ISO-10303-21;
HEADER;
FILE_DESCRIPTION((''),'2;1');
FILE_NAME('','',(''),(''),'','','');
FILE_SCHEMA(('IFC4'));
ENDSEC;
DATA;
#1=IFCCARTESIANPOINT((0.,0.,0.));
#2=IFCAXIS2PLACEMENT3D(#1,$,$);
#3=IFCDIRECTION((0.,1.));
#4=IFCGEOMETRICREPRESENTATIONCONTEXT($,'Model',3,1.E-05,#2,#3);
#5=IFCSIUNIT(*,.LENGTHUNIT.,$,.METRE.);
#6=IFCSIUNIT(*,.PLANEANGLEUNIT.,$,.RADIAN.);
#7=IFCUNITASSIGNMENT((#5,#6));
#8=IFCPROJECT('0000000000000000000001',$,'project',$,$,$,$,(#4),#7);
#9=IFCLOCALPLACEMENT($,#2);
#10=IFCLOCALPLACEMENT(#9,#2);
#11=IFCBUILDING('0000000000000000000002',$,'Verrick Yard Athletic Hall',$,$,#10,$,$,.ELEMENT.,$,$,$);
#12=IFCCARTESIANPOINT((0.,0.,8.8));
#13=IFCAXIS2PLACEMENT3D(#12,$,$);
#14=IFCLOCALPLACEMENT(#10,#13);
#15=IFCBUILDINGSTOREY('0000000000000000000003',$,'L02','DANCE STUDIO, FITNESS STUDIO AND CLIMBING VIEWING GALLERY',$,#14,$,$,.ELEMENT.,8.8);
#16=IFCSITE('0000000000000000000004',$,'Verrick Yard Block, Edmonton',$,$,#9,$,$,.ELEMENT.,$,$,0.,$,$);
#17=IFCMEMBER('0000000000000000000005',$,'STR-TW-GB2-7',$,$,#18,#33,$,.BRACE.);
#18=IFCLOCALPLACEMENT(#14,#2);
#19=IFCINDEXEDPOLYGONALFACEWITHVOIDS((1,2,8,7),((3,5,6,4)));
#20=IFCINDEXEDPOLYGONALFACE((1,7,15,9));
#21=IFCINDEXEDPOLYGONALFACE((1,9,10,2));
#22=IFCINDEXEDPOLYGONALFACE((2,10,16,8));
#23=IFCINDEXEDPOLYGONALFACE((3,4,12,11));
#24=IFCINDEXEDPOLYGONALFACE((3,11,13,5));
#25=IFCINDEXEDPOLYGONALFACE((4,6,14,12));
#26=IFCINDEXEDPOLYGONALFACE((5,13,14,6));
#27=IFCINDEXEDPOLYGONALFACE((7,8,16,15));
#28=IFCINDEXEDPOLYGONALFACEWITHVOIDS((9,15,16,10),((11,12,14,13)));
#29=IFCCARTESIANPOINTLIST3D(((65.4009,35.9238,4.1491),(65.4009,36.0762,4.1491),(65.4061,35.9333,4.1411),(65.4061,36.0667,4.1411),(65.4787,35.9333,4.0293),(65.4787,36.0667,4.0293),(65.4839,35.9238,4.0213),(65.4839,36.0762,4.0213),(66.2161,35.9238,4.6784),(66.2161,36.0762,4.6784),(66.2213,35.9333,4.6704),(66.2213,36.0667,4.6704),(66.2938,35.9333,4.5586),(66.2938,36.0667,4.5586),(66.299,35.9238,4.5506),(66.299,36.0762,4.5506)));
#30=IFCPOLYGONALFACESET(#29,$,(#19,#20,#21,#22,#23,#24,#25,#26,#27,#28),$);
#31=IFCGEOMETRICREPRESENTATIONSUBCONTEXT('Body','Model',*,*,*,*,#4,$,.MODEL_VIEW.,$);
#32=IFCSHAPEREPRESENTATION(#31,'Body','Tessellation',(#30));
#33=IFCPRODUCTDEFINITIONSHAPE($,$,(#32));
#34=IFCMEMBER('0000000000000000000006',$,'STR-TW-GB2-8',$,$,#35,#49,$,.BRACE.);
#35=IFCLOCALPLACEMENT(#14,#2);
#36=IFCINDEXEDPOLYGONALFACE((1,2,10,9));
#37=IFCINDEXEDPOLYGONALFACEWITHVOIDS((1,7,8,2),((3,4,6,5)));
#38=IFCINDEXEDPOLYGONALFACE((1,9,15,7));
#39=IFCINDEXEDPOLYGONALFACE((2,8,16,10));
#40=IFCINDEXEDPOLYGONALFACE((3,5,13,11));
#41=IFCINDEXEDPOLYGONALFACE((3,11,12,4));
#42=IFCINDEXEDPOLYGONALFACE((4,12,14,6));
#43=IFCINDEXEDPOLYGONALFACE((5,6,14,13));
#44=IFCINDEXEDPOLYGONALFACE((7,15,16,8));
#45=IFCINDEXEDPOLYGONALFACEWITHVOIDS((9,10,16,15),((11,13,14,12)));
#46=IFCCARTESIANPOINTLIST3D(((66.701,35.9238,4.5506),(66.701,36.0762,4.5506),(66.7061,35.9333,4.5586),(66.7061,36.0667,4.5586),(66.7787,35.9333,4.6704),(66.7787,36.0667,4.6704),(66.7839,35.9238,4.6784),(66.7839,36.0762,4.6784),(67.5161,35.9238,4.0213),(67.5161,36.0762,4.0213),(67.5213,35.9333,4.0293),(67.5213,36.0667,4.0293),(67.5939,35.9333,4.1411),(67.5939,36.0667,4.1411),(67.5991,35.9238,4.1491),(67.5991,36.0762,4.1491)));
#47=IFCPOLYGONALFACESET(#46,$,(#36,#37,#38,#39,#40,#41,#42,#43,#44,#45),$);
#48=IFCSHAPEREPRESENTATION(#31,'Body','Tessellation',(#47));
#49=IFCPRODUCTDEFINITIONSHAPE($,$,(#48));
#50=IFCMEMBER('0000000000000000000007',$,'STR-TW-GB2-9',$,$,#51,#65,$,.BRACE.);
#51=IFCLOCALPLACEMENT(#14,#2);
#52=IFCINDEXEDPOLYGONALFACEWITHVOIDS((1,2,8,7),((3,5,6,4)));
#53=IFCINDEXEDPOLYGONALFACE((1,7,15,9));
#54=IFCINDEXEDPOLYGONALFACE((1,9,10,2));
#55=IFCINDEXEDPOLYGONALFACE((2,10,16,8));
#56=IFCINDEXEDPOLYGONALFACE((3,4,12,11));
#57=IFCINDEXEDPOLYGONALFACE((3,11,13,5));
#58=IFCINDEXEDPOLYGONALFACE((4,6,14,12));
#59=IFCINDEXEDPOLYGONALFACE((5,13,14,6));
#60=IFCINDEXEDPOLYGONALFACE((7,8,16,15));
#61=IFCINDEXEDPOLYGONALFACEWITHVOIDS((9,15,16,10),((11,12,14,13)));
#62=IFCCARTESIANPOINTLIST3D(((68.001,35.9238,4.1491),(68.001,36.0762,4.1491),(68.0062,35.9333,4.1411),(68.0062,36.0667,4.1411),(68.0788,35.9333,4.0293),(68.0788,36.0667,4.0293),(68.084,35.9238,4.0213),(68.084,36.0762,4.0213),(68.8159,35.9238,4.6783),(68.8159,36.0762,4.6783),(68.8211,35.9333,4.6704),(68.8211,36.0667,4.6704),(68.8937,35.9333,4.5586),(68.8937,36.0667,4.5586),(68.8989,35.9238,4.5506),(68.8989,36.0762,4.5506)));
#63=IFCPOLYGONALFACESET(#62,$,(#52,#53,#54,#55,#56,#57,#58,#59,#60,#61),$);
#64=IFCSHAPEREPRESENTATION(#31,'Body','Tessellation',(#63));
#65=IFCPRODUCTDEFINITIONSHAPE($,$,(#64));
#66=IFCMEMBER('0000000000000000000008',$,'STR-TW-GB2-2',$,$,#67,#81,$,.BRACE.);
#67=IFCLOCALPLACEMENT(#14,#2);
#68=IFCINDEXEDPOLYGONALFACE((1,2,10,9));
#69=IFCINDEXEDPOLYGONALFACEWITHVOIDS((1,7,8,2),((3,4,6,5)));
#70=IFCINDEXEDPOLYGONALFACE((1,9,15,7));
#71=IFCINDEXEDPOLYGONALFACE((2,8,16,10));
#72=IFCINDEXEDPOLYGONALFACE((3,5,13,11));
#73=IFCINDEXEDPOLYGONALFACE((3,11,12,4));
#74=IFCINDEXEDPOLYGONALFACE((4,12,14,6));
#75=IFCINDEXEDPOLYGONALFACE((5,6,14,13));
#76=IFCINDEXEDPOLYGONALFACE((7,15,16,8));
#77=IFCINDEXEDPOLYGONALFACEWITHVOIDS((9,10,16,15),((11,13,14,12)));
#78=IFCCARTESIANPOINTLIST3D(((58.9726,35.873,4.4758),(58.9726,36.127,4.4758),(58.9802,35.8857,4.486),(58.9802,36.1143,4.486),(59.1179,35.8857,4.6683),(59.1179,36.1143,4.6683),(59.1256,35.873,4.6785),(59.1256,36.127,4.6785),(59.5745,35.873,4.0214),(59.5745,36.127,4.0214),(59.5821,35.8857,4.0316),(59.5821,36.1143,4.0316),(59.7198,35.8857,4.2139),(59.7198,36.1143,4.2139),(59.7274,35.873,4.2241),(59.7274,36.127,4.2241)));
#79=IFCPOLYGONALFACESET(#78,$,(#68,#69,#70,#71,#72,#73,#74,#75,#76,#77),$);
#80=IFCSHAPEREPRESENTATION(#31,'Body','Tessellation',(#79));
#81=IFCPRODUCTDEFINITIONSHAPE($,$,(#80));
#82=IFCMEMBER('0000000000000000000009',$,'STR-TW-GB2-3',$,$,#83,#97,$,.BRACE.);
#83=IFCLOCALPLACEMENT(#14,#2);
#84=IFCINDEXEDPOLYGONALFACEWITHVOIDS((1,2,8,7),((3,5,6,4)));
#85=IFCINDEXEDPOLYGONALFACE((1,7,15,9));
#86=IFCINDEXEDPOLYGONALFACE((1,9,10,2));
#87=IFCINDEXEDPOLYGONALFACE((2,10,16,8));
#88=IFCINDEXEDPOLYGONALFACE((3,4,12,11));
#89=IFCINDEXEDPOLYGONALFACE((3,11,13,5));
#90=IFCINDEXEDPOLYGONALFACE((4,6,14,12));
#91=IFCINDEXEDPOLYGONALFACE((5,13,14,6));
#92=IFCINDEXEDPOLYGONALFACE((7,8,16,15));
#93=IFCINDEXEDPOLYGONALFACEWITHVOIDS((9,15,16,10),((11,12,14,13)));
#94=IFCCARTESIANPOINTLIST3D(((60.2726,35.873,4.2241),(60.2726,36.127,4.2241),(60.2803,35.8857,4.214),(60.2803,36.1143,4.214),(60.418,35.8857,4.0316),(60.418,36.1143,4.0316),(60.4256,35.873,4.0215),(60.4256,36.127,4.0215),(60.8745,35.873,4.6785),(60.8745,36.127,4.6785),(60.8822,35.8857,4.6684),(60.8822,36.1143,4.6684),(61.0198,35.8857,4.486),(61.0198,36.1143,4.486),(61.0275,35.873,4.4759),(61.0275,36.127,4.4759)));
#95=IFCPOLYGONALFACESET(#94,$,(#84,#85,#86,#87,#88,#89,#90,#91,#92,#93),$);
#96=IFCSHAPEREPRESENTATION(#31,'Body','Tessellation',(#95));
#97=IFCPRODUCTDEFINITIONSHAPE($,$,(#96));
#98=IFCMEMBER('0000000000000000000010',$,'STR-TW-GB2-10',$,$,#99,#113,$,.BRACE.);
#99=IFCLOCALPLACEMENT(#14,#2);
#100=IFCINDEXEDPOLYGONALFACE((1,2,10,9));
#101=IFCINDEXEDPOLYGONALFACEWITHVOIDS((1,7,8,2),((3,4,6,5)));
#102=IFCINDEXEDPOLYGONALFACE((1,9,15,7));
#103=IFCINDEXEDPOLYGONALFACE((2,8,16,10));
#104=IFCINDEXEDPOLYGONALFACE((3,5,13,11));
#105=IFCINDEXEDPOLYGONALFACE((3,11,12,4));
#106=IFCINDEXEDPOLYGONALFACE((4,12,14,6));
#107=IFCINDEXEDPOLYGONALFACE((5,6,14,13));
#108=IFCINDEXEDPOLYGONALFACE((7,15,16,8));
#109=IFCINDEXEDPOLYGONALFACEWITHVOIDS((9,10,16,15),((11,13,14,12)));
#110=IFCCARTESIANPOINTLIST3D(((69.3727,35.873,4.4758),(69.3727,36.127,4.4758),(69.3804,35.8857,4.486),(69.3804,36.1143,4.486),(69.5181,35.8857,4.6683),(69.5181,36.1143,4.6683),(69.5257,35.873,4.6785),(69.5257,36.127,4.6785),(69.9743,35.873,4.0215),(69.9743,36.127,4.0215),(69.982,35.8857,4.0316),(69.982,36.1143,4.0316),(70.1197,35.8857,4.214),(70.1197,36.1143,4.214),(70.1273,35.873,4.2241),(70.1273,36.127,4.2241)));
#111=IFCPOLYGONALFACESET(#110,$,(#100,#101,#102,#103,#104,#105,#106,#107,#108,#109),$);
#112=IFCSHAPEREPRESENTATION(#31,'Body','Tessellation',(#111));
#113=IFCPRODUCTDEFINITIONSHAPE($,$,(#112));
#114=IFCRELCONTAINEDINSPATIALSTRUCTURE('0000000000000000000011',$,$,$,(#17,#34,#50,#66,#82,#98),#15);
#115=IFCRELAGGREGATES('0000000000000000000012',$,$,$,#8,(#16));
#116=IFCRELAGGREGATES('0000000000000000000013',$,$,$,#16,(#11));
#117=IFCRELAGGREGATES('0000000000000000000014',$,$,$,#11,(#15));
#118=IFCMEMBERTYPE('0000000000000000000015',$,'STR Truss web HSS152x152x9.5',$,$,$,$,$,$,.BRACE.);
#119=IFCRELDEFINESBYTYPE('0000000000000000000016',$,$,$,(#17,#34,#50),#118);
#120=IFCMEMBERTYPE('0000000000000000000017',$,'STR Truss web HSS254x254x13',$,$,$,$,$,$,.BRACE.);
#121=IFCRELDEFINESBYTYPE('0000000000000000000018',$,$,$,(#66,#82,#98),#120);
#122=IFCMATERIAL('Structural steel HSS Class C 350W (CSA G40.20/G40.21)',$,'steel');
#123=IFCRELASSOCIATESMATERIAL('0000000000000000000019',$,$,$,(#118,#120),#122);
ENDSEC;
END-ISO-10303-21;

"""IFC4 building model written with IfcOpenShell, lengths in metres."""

from ifc_helpers import new_model, si_unit, direction, frame, origin, origin_2d, place, context, subcontext, project, spatial, hollow_rectangle, extrude, material, material_profile, profile_set, type_object, element, save


model = new_model("IFC4")

# Units and contexts
model_context = context("Model", 3, precision=1e-05, world=origin(), true_north=direction((0.0, 1.0)))
body_context = subcontext(model_context, "Body", "Model", "MODEL_VIEW")
ifc_project = project(units=[si_unit("LENGTHUNIT", "METRE"), si_unit("PLANEANGLEUNIT", "RADIAN")], contexts=[model_context])

# Site, building, storey
site_placement = place(None, origin())
site = spatial("IfcSite", under=ifc_project, at=site_placement, Name="Verrick Yard Block, Edmonton", CompositionType="ELEMENT", RefElevation=0.0)
building_placement = place(site_placement, origin())
building = spatial("IfcBuilding", under=site, at=building_placement, Name="Verrick Yard Athletic Hall", CompositionType="ELEMENT")
storey_placement = place(building_placement, frame((0.0, 0.0, 8.8)))
storey = spatial("IfcBuildingStorey", under=building, at=storey_placement, Name="L02", Description="DANCE STUDIO, FITNESS STUDIO AND CLIMBING VIEWING GALLERY", CompositionType="ELEMENT", Elevation=8.8)

# Members
ifc_material_1 = material(Name="Structural steel HSS Class C 350W (CSA G40.20/G40.21)", Category="steel")
ifc_material_profile_1 = material_profile(ifc_material_1, hollow_rectangle(XDim=0.1523, YDim=0.1523, WallThickness=0.0095, at=origin_2d()), Name="HSS152x152x9.5")
ifc_profile_set_1 = profile_set([ifc_material_profile_1], Name="Structural steel HSS Class C 350W (CSA G40.20/G40.21)")
member_type_1 = type_object("IfcMemberType", Name="STR Truss web HSS152x152x9.5", PredefinedType="BRACE", material=ifc_profile_set_1)
for number, where, z_axis, x_axis, name in (
    (1, (65.4424, 36.0, 4.0852), (0.838713, 0.0, 0.544573), (0.0, 1.0, 0.0), "STR-TW-GB2-7"),
    (2, (66.7424, 36.0, 4.6145), (0.838713, 0.0, -0.544573), (0.0, 1.0, 0.0), "STR-TW-GB2-8"),
):
    element("IfcMember", number, at=place(storey_placement, frame(where, z_axis=z_axis, x_axis=x_axis)), inside=storey, type_object=member_type_1, Name=name, PredefinedType="BRACE", context=body_context, shape_type="SweptSolid", body=[
        extrude(hollow_rectangle(XDim=0.1523, YDim=0.1523, WallThickness=0.0095, at=origin_2d()), origin(), (0.0, 0.0, 1.0), 0.9719),
    ])
member_1_placement = place(storey_placement, frame((68.0425, 36.0, 4.0852), z_axis=(0.838639, 0.0, 0.544688), x_axis=(0.0, 1.0, 0.0)))
element("IfcMember", 3, at=member_1_placement, inside=storey, type_object=member_type_1, Name="STR-TW-GB2-9", PredefinedType="BRACE", context=body_context, shape_type="SweptSolid", body=[
    extrude(hollow_rectangle(XDim=0.1523, YDim=0.1523, WallThickness=0.0095, at=origin_2d()), origin(), (0.0, 0.0, 1.0), 0.9717),
])
ifc_material_profile_2 = material_profile(ifc_material_1, hollow_rectangle(XDim=0.2539, YDim=0.2539, WallThickness=0.0127, at=origin_2d()), Name="HSS254x254x13")
ifc_profile_set_2 = profile_set([ifc_material_profile_2], Name="Structural steel HSS Class C 350W (CSA G40.20/G40.21)")
member_type_2 = type_object("IfcMemberType", Name="STR Truss web HSS254x254x13", PredefinedType="BRACE", material=ifc_profile_set_2)
for number, where, z_axis, x_axis, name in (
    (4, (59.0491, 36.0, 4.5771), (0.798092, 0.0, -0.602535), (0.0, 1.0, 0.0), "STR-TW-GB2-2"),
    (5, (60.3491, 36.0, 4.1228), (0.798092, 0.0, 0.602535), (0.0, 1.0, 0.0), "STR-TW-GB2-3"),
):
    element("IfcMember", number, at=place(storey_placement, frame(where, z_axis=z_axis, x_axis=x_axis)), inside=storey, type_object=member_type_2, Name=name, PredefinedType="BRACE", context=body_context, shape_type="SweptSolid", body=[
        extrude(hollow_rectangle(XDim=0.2539, YDim=0.2539, WallThickness=0.0127, at=origin_2d()), origin(), (0.0, 0.0, 1.0), 0.7542),
    ])
member_2_placement = place(storey_placement, frame((69.4492, 36.0, 4.5771), z_axis=(0.797975, 0.0, -0.602691), x_axis=(0.0, 1.0, 0.0)))
element("IfcMember", 6, at=member_2_placement, inside=storey, type_object=member_type_2, Name="STR-TW-GB2-10", PredefinedType="BRACE", context=body_context, shape_type="SweptSolid", body=[
    extrude(hollow_rectangle(XDim=0.2539, YDim=0.2539, WallThickness=0.0127, at=origin_2d()), origin(), (0.0, 0.0, 1.0), 0.7539),
])

save(model, "model.ifc")
